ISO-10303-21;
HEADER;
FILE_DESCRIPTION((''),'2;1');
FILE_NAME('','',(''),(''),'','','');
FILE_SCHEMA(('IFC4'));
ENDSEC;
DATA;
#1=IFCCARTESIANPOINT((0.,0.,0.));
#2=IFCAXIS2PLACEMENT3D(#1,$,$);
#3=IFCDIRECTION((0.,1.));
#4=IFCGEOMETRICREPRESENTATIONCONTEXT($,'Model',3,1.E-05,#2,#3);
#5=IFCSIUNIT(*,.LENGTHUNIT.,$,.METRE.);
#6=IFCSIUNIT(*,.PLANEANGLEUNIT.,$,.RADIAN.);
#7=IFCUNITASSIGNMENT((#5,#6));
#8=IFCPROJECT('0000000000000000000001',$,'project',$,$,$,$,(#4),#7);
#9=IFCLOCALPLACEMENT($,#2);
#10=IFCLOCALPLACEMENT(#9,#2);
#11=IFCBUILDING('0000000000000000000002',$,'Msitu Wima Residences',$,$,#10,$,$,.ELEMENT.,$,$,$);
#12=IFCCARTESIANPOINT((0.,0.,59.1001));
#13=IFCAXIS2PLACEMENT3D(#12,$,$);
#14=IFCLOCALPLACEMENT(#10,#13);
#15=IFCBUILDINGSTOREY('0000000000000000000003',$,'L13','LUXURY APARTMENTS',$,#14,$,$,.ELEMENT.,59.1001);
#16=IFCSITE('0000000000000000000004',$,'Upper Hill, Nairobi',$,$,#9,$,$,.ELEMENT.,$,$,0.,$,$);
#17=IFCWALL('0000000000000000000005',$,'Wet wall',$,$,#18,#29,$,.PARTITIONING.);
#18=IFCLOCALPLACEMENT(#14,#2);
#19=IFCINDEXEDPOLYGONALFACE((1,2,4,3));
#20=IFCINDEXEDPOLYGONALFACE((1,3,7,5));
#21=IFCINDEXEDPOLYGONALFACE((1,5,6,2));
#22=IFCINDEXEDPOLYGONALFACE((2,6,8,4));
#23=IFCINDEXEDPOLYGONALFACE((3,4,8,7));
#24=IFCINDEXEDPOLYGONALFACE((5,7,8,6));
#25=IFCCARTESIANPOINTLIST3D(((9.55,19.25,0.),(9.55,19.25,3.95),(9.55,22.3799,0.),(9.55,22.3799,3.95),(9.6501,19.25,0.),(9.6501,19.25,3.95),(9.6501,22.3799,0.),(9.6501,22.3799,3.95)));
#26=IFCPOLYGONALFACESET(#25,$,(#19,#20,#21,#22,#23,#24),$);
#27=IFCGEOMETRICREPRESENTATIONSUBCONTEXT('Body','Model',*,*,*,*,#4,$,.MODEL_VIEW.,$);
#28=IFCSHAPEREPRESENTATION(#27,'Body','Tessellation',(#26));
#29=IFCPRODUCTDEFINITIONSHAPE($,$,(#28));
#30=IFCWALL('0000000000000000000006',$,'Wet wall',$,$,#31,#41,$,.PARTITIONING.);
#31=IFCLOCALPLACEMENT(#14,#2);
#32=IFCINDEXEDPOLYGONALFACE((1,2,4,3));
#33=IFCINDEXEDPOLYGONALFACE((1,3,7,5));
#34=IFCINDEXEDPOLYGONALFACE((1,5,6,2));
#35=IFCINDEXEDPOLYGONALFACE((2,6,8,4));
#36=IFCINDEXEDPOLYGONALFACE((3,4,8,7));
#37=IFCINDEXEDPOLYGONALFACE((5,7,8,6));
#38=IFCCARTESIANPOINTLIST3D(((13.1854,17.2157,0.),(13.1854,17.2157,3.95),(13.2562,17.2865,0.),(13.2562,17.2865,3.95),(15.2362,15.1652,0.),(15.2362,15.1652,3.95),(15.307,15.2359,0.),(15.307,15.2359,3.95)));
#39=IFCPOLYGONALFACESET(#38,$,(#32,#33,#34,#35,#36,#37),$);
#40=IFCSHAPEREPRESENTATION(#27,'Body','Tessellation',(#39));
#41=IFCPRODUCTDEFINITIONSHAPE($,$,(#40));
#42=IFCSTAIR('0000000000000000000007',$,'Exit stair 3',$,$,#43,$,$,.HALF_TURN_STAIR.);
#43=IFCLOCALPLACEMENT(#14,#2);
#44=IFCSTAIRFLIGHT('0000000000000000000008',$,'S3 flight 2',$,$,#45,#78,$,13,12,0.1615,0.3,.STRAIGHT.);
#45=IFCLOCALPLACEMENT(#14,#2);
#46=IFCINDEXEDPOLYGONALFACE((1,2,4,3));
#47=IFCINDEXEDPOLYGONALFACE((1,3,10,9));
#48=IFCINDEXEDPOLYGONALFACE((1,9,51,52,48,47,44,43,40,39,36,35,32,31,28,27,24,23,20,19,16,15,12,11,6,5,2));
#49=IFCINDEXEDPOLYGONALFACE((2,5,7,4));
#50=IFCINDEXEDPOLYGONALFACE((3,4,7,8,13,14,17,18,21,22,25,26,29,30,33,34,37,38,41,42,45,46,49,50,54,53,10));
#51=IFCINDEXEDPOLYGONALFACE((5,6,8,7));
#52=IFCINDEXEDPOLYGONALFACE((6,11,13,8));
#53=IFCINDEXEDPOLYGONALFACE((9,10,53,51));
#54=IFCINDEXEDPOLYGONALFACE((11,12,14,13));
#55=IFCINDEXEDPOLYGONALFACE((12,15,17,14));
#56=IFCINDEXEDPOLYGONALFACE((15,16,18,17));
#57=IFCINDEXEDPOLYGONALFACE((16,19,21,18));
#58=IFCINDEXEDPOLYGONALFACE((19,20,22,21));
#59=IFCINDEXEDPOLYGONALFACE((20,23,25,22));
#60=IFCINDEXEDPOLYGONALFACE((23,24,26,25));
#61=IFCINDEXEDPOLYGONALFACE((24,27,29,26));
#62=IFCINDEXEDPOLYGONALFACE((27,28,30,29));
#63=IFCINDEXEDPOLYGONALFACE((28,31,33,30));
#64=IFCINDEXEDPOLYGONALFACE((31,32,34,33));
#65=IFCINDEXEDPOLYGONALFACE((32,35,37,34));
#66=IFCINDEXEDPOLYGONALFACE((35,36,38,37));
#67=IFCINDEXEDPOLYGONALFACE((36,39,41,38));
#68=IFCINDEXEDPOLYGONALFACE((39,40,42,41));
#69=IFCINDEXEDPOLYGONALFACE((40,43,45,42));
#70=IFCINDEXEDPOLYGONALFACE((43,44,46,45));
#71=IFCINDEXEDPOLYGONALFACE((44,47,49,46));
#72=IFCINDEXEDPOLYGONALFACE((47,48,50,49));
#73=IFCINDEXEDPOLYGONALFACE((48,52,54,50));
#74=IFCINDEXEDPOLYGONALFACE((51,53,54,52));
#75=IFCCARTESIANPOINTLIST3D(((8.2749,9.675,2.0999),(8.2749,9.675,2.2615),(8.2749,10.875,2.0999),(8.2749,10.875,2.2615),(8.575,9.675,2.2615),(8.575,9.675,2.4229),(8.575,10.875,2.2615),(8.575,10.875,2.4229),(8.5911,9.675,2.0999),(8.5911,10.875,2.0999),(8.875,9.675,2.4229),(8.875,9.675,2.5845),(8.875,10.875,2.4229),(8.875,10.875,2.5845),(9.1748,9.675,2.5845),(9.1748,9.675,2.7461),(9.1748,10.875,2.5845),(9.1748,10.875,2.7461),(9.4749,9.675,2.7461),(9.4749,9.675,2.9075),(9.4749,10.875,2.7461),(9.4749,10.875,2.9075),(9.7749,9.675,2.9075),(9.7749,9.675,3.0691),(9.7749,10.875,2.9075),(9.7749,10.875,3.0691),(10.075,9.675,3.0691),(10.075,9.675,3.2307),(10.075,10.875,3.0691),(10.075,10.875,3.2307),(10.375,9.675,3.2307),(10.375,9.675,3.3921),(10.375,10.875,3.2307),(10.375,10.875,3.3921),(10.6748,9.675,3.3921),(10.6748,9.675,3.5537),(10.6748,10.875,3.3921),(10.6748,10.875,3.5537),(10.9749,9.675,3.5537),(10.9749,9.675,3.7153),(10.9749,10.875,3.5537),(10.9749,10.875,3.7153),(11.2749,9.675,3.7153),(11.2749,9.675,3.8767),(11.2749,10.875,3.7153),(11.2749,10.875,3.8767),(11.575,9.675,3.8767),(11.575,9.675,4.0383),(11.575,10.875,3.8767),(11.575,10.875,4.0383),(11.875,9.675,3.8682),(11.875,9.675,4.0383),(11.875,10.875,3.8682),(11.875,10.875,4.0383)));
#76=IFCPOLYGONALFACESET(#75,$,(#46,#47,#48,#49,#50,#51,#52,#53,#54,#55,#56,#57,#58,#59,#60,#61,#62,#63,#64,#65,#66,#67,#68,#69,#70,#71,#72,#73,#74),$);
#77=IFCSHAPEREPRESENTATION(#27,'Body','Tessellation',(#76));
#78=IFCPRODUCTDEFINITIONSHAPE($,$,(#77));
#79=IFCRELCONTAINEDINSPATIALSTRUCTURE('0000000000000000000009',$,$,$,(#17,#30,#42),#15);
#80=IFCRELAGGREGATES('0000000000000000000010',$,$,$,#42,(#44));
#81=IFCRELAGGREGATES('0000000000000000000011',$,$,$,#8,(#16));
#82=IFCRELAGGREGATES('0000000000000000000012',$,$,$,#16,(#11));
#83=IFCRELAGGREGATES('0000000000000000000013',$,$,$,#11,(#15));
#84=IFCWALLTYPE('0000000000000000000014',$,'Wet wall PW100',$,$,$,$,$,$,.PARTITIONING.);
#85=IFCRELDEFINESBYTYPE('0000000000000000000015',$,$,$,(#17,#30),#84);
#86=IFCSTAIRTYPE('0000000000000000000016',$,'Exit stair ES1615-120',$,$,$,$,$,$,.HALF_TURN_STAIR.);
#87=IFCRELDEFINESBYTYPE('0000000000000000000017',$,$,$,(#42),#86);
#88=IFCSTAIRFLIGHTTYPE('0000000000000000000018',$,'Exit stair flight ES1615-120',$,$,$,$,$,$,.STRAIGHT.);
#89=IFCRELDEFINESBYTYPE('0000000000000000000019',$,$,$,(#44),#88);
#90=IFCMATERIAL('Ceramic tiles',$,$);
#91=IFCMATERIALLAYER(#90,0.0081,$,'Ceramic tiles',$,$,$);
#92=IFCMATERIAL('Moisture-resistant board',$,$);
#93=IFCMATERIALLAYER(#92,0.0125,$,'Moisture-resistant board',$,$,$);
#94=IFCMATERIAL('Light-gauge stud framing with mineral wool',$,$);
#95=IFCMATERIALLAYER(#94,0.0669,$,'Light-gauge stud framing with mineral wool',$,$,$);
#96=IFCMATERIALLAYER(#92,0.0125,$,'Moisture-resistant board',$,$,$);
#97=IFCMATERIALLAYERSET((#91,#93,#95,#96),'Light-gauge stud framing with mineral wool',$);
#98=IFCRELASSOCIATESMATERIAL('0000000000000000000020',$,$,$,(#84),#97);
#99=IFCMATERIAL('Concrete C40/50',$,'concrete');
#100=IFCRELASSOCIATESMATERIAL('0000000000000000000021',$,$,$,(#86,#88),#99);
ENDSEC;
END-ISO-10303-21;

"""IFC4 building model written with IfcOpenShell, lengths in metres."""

from ifc_helpers import new_model, si_unit, direction, frame, frame_2d, origin, place, context, subcontext, project, spatial, polyline, rectangle, outline, extrude, material, layer, layer_set, type_object, element, aggregate, save


model = new_model("IFC4")

# Units and contexts
model_context = context("Model", 3, precision=1e-05, world=origin(), true_north=direction((0.0, 1.0)))
body_context = subcontext(model_context, "Body", "Model", "MODEL_VIEW")
ifc_project = project(units=[si_unit("LENGTHUNIT", "METRE"), si_unit("PLANEANGLEUNIT", "RADIAN")], contexts=[model_context])

# Site, building, storey
site_placement = place(None, origin())
site = spatial("IfcSite", under=ifc_project, at=site_placement, Name="Upper Hill, Nairobi", CompositionType="ELEMENT", RefElevation=0.0)
building_placement = place(site_placement, origin())
building = spatial("IfcBuilding", under=site, at=building_placement, Name="Msitu Wima Residences", CompositionType="ELEMENT")
storey_placement = place(building_placement, frame((0.0, 0.0, 59.1001)))
storey = spatial("IfcBuildingStorey", under=building, at=storey_placement, Name="L13", Description="LUXURY APARTMENTS", CompositionType="ELEMENT", Elevation=59.1001)

# Shared definitions
ifc_material_1 = material(Name="Concrete C40/50", Category="concrete")

# Shared definitions
ifc_material_2 = material(Name="Ceramic tiles")
ifc_layer_1 = layer(ifc_material_2, 0.0081, Name="Ceramic tiles")
ifc_material_3 = material(Name="Moisture-resistant board")
ifc_layer_2 = layer(ifc_material_3, 0.0125, Name="Moisture-resistant board")
ifc_material_4 = material(Name="Light-gauge stud framing with mineral wool")
ifc_layer_3 = layer(ifc_material_4, 0.0669, Name="Light-gauge stud framing with mineral wool")
ifc_layer_4 = layer(ifc_material_3, 0.0125, Name="Moisture-resistant board")
ifc_layer_set_1 = layer_set([ifc_layer_1, ifc_layer_2, ifc_layer_3, ifc_layer_4], Name="Light-gauge stud framing with mineral wool")
wall_type_1 = type_object("IfcWallType", Name="Wet wall PW100", PredefinedType="PARTITIONING", material=ifc_layer_set_1)

# Walls
wall_1_placement = place(storey_placement, frame((9.6001, 19.25, 0.0), z_axis=(0.0, 0.0, 1.0), x_axis=(0.0, 1.0, 0.0)))
element("IfcWall", 1, at=wall_1_placement, inside=storey, type_object=wall_type_1, Name="Wet wall", PredefinedType="PARTITIONING", context=body_context, shape_type="SweptSolid", body=[
    extrude(rectangle(XDim=3.1299, YDim=0.1001, at=frame_2d((1.5649, 0.0))), origin(), (0.0, 0.0, 1.0), 3.95),
])
wall_2_placement = place(storey_placement, frame((13.2207, 17.2512, 0.0), z_axis=(0.0, 0.0, 1.0), x_axis=(0.707149, -0.707065, 0.0)))
element("IfcWall", 2, at=wall_2_placement, inside=storey, type_object=wall_type_1, Name="Wet wall", PredefinedType="PARTITIONING", context=body_context, shape_type="SweptSolid", body=[
    extrude(rectangle(XDim=2.9001, YDim=0.1001, at=frame_2d((1.4502, 0.0))), origin(), (0.0, 0.0, 1.0), 3.95),
])

# Stair, stair flight
stair_type = type_object("IfcStairType", Name="Exit stair ES1615-120", PredefinedType="HALF_TURN_STAIR", material=ifc_material_1)
stair_placement = place(storey_placement, origin())
stair = element("IfcStair", 3, at=stair_placement, inside=storey, type_object=stair_type, Name="Exit stair 3", PredefinedType="HALF_TURN_STAIR")
stair_flight_type = type_object("IfcStairFlightType", Name="Exit stair flight ES1615-120", PredefinedType="STRAIGHT", material=ifc_material_1)
stair_flight_placement = place(storey_placement, frame((8.2749, 10.2749, 2.0999), z_axis=(0.0, 0.0, 1.0), x_axis=(1.0, 0.0, 0.0)))
stair_flight = element("IfcStairFlight", 4, at=stair_flight_placement, type_object=stair_flight_type, Name="S3 flight 2", NumberOfRisers=13, NumberOfTreads=12, PredefinedType="STRAIGHT", RiserHeight=0.1615, TreadLength=0.3, context=body_context, shape_type="SweptSolid", body=[
    extrude(outline(polyline([(0.0, 0.0), (0.0, 0.1616), (0.3, 0.1616), (0.3, 0.323), (0.6001, 0.323), (0.6001, 0.4846), (0.8999, 0.4846), (0.8999, 0.6462), (1.2, 0.6462), (1.2, 0.8076), (1.5, 0.8076), (1.5, 0.9692), (1.8, 0.9692), (1.8, 1.1309), (2.1001, 1.1309), (2.1001, 1.2922), (2.3999, 1.2922), (2.3999, 1.4539), (2.7, 1.4539), (2.7, 1.6155), (3.0, 1.6155), (3.0, 1.7769), (3.3, 1.7769), (3.3, 1.9385), (3.6001, 1.9385), (3.6001, 2.1001), (3.6001, 1.7683), (0.3162, 0.0), (0.0, 0.0)])), frame((0.0, 0.6001, 0.0), z_axis=(0.0, -1.0, 0.0), x_axis=(1.0, 0.0, 0.0)), (0.0, 0.0, 1.0), 1.2),
])
aggregate(stair, [stair_flight])

save(model, "model.ifc")
